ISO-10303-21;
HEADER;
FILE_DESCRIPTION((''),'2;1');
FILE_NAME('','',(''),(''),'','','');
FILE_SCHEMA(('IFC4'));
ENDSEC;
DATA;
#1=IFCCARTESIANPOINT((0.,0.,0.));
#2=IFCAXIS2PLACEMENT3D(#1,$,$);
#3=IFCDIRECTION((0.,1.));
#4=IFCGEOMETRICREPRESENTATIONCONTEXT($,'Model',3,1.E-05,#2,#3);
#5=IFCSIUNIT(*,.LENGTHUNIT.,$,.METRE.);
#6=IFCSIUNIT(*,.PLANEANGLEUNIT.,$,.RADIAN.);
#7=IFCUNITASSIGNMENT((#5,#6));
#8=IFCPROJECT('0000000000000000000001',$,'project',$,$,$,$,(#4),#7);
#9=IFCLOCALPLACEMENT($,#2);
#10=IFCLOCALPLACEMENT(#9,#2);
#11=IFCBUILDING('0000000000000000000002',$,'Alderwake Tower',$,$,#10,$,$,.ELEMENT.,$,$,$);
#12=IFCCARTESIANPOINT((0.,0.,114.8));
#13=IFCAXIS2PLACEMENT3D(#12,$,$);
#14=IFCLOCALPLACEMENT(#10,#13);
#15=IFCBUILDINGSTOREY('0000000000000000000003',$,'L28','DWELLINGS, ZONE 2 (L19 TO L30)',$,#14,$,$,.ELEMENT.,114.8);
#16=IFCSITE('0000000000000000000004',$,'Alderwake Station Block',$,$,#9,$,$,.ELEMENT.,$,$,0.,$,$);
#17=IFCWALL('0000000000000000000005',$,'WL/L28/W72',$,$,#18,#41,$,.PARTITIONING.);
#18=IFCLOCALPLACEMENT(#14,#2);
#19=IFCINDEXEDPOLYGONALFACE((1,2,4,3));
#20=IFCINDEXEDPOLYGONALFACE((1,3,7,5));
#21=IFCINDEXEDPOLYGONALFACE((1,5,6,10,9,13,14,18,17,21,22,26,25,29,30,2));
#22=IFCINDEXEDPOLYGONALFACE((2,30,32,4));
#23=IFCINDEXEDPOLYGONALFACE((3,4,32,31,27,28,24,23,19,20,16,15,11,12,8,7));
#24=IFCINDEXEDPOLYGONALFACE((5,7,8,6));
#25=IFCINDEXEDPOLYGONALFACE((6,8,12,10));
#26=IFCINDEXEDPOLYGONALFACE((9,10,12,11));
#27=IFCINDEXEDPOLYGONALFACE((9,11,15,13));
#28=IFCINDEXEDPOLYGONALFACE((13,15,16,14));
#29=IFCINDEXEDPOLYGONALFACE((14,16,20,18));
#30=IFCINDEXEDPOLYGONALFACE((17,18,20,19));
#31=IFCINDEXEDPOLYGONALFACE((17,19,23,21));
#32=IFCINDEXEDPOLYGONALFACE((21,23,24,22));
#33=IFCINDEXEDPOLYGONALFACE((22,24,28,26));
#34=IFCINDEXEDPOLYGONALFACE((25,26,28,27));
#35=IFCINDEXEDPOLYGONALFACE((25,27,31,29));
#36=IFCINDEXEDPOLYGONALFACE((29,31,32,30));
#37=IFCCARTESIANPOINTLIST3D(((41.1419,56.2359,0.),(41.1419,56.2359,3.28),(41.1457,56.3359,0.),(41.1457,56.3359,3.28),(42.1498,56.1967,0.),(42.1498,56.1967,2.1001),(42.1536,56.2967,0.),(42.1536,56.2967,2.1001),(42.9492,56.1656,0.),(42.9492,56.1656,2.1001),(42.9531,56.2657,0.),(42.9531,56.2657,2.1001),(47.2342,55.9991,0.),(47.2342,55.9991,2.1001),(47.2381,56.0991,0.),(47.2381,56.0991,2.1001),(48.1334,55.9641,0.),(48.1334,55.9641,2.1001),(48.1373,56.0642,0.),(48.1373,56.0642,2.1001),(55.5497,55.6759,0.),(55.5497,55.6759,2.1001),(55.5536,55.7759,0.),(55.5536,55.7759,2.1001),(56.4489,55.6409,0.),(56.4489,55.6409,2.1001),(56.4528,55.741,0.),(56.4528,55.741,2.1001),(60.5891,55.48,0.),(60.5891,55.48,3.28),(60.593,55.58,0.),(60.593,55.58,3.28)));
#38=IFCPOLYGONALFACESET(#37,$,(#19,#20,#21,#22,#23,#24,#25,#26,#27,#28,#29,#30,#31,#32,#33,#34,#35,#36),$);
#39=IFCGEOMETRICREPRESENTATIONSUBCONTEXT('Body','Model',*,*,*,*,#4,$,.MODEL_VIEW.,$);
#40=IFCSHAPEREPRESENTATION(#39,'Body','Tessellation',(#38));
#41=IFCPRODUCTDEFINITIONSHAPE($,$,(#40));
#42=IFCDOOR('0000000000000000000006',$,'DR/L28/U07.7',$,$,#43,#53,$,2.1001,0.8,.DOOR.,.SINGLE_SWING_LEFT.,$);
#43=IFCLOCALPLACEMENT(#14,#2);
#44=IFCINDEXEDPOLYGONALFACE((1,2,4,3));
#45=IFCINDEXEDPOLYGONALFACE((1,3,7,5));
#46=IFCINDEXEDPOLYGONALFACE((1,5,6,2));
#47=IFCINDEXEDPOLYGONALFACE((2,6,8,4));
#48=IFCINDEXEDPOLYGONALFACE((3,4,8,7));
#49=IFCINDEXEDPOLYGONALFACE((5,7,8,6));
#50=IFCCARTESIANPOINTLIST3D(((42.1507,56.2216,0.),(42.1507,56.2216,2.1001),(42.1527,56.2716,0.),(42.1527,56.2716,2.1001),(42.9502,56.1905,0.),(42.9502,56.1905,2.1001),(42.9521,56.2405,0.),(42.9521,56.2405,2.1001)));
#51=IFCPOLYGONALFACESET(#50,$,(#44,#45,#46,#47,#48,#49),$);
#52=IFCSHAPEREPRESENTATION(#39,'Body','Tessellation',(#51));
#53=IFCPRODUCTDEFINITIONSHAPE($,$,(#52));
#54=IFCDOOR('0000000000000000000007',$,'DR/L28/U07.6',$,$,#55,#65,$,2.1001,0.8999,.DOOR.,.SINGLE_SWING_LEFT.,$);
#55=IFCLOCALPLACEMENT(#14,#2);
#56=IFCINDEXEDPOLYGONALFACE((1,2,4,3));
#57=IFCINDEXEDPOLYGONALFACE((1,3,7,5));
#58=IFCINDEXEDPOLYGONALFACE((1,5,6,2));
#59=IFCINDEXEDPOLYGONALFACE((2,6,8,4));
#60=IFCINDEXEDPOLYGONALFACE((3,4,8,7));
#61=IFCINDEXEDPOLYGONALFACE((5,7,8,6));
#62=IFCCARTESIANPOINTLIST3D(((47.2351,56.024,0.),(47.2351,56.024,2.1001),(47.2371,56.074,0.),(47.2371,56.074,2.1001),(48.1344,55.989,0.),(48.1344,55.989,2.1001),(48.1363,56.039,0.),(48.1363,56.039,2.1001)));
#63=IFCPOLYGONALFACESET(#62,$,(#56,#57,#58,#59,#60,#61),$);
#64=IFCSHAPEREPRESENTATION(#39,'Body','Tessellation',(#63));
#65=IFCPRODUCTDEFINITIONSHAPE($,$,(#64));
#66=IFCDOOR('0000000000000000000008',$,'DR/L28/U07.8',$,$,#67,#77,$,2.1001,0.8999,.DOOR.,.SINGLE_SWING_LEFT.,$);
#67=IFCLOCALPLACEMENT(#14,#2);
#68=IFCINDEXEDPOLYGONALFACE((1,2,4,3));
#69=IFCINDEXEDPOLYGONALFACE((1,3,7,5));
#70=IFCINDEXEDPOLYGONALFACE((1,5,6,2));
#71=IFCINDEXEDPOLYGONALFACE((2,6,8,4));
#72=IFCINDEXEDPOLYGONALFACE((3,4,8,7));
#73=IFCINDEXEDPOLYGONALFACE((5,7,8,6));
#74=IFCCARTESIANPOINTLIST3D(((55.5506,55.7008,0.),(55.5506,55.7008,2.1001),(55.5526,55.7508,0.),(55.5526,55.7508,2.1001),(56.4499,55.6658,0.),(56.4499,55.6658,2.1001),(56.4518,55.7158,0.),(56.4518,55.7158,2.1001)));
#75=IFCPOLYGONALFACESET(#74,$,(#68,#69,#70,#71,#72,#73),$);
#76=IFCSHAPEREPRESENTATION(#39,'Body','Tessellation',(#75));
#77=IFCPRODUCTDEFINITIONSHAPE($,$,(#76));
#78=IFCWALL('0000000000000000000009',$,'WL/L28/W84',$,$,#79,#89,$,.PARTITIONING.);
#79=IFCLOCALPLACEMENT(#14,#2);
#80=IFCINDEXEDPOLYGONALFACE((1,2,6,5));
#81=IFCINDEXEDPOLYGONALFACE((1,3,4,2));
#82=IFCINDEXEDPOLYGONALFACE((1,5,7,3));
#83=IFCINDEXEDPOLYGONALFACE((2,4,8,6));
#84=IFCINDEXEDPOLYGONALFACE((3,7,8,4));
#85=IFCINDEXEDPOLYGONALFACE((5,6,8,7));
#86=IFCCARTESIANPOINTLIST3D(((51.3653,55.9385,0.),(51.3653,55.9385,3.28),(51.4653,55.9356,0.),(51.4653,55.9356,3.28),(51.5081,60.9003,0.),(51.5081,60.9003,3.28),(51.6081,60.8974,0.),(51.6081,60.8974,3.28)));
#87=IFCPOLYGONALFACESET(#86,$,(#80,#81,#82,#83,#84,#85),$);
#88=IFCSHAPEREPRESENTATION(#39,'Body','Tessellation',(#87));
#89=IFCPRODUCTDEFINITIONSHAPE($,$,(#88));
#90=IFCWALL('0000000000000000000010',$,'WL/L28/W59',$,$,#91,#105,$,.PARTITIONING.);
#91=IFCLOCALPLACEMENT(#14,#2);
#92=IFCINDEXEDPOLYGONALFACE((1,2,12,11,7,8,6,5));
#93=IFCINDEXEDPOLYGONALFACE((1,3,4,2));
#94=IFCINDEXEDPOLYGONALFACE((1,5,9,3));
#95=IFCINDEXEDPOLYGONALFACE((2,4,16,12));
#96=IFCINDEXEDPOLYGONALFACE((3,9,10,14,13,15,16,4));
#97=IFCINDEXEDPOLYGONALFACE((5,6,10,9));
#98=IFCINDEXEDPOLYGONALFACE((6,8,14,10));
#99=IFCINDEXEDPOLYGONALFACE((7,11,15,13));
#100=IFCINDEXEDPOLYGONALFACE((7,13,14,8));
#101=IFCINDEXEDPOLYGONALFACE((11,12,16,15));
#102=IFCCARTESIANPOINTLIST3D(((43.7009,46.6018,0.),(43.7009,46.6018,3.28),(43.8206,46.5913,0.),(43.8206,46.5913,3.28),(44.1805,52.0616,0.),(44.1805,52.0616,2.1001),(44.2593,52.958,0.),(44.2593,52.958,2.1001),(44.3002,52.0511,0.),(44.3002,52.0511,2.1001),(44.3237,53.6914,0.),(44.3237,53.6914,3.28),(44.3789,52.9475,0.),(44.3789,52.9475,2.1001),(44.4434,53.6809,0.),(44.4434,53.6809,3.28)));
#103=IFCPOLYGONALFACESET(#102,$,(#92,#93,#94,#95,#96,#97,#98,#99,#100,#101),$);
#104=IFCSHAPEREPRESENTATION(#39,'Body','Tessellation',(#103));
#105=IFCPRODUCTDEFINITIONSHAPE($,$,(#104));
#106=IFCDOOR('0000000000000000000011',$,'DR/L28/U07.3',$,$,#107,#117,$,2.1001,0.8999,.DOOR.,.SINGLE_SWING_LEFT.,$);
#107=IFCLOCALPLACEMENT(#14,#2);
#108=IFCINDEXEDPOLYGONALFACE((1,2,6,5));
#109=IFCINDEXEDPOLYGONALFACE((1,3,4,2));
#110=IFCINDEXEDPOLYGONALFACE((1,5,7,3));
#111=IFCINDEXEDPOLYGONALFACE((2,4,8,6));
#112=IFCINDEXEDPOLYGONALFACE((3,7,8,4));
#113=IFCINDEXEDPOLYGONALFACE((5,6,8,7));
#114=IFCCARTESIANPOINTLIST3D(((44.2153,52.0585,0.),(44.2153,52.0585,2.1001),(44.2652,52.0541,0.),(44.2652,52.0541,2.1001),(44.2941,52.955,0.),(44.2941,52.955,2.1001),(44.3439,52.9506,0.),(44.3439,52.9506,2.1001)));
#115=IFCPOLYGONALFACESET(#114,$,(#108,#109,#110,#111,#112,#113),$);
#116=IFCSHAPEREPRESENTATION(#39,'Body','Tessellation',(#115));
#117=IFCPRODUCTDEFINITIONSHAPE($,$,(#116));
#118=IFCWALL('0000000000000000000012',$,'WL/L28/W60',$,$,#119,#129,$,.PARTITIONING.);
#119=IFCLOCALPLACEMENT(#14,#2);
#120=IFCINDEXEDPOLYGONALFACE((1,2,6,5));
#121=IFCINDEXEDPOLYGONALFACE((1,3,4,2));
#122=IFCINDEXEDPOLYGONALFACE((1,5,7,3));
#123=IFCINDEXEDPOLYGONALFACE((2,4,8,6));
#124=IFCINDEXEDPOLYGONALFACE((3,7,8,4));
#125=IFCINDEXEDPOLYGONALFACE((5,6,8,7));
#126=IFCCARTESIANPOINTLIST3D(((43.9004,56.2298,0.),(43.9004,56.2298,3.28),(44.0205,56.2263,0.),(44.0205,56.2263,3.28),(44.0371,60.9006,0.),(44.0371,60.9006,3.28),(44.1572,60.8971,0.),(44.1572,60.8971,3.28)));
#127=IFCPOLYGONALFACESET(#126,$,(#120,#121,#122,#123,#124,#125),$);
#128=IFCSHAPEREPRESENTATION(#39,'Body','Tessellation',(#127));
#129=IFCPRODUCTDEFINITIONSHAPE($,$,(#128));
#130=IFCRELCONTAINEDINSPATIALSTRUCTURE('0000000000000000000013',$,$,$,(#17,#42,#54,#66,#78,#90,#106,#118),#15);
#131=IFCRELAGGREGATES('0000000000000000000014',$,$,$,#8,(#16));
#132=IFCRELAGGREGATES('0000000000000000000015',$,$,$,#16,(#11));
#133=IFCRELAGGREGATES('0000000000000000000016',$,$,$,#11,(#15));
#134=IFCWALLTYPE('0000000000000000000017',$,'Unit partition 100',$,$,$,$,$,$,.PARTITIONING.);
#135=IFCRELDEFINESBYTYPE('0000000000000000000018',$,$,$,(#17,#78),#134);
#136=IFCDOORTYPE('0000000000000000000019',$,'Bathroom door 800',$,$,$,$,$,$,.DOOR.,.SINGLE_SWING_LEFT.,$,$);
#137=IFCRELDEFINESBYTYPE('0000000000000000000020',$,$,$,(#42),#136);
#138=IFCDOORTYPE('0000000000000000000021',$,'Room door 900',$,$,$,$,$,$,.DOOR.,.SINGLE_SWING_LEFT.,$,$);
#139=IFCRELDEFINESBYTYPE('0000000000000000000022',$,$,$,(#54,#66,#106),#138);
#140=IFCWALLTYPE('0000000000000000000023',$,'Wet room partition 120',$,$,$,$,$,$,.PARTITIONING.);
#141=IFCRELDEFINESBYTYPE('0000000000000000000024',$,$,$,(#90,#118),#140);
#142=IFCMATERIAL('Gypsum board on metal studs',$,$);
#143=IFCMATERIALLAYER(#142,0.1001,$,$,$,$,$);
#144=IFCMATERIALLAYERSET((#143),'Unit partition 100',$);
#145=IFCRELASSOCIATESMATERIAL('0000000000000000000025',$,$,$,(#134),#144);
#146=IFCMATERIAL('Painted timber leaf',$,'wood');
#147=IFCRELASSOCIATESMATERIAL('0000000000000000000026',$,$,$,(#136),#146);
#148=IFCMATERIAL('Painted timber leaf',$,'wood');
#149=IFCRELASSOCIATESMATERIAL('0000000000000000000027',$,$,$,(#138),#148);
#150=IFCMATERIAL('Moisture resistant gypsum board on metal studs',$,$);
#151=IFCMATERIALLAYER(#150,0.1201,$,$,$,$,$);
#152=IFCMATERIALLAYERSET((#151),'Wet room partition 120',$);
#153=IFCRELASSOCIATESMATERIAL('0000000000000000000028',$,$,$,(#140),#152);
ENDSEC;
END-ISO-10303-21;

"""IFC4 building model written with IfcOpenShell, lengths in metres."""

from ifc_helpers import new_model, si_unit, direction, frame, frame_2d, origin, place, context, subcontext, project, spatial, rectangle, extrude, material, layer, layer_set, type_object, element, fill, save


model = new_model("IFC4")

# Units and contexts
model_context = context("Model", 3, precision=1e-05, world=origin(), true_north=direction((0.0, 1.0)))
body_context = subcontext(model_context, "Body", "Model", "MODEL_VIEW")
ifc_project = project(units=[si_unit("LENGTHUNIT", "METRE"), si_unit("PLANEANGLEUNIT", "RADIAN")], contexts=[model_context])

# Site, building, storey
site_placement = place(None, origin())
site = spatial("IfcSite", under=ifc_project, at=site_placement, Name="Alderwake Station Block", CompositionType="ELEMENT", RefElevation=0.0)
building_placement = place(site_placement, origin())
building = spatial("IfcBuilding", under=site, at=building_placement, Name="Alderwake Tower", CompositionType="ELEMENT")
storey_placement = place(building_placement, frame((0.0, 0.0, 114.8)))
storey = spatial("IfcBuildingStorey", under=building, at=storey_placement, Name="L28", Description="DWELLINGS, ZONE 2 (L19 TO L30)", CompositionType="ELEMENT", Elevation=114.8)

# Shared definitions
ifc_material_1 = material(Name="Gypsum board on metal studs")
ifc_layer_1 = layer(ifc_material_1, 0.1001)
ifc_layer_set_1 = layer_set([ifc_layer_1], Name="Unit partition 100")
wall_type_1 = type_object("IfcWallType", Name="Unit partition 100", PredefinedType="PARTITIONING", material=ifc_layer_set_1)

# Wall, openings, doors
wall_1_placement = place(storey_placement, frame((41.1438, 56.2859, 0.0), z_axis=(0.0, 0.0, 1.0), x_axis=(0.999246, -0.038838, 0.0)))
wall_1 = element("IfcWall", 1, at=wall_1_placement, inside=storey, type_object=wall_type_1, Name="WL/L28/W72", PredefinedType="PARTITIONING", context=body_context, shape_type="SweptSolid", body=[
    extrude(rectangle(XDim=19.4619, YDim=0.1001, at=frame_2d((9.731, 0.0))), origin(), (0.0, 0.0, 1.0), 3.28),
])
opening_1_placement = place(wall_1_placement, frame((6.0969, 0.0, 0.0)))
opening_1 = element("IfcOpeningElement", 2, at=opening_1_placement, cuts=wall_1, PredefinedType="OPENING", context=body_context, shape_type="SweptSolid", body=[
    extrude(rectangle(XDim=0.8999, YDim=2.1001, at=frame_2d((0.45, 1.05))), frame((0.0, 0.0601, 0.0), z_axis=(0.0, -1.0, 0.0), x_axis=(1.0, 0.0, 0.0)), (0.0, 0.0, 1.0), 0.1201),
])
opening_2_placement = place(wall_1_placement, frame((1.0088, 0.0, 0.0)))
opening_2 = element("IfcOpeningElement", 3, at=opening_2_placement, cuts=wall_1, PredefinedType="OPENING", context=body_context, shape_type="SweptSolid", body=[
    extrude(rectangle(XDim=0.8, YDim=2.1001, at=frame_2d((0.3999, 1.05))), frame((0.0, 0.0601, 0.0), z_axis=(0.0, -1.0, 0.0), x_axis=(1.0, 0.0, 0.0)), (0.0, 0.0, 1.0), 0.1201),
])
opening_3_placement = place(wall_1_placement, frame((14.4187, 0.0, 0.0)))
opening_3 = element("IfcOpeningElement", 4, at=opening_3_placement, cuts=wall_1, PredefinedType="OPENING", context=body_context, shape_type="SweptSolid", body=[
    extrude(rectangle(XDim=0.8999, YDim=2.1001, at=frame_2d((0.45, 1.05))), frame((0.0, 0.0601, 0.0), z_axis=(0.0, -1.0, 0.0), x_axis=(1.0, 0.0, 0.0)), (0.0, 0.0, 1.0), 0.1201),
])
ifc_material_2 = material(Name="Painted timber leaf", Category="wood")
door_type_1 = type_object("IfcDoorType", Name="Bathroom door 800", OperationType="SINGLE_SWING_LEFT", PredefinedType="DOOR", material=ifc_material_2)
door_1_placement = place(opening_2_placement, origin())
door_1 = element("IfcDoor", 5, at=door_1_placement, inside=storey, type_object=door_type_1, Name="DR/L28/U07.7", OperationType="SINGLE_SWING_LEFT", OverallHeight=2.1001, OverallWidth=0.8, PredefinedType="DOOR", context=body_context, shape_type="SweptSolid", body=[
    extrude(rectangle(XDim=0.8, YDim=2.1001, at=frame_2d((0.3999, 1.05))), frame((0.0, 0.0249, 0.0), z_axis=(0.0, -1.0, 0.0), x_axis=(1.0, 0.0, 0.0)), (0.0, 0.0, 1.0), 0.05),
])
fill(opening_2, door_1)
ifc_material_3 = material(Name="Painted timber leaf", Category="wood")
door_type_2 = type_object("IfcDoorType", Name="Room door 900", OperationType="SINGLE_SWING_LEFT", PredefinedType="DOOR", material=ifc_material_3)
door_2_placement = place(opening_1_placement, origin())
door_2 = element("IfcDoor", 6, at=door_2_placement, inside=storey, type_object=door_type_2, Name="DR/L28/U07.6", OperationType="SINGLE_SWING_LEFT", OverallHeight=2.1001, OverallWidth=0.8999, PredefinedType="DOOR", context=body_context, shape_type="SweptSolid", body=[
    extrude(rectangle(XDim=0.8999, YDim=2.1001, at=frame_2d((0.45, 1.05))), frame((0.0, 0.0249, 0.0), z_axis=(0.0, -1.0, 0.0), x_axis=(1.0, 0.0, 0.0)), (0.0, 0.0, 1.0), 0.05),
])
fill(opening_1, door_2)
door_3_placement = place(opening_3_placement, origin())
door_3 = element("IfcDoor", 7, at=door_3_placement, inside=storey, type_object=door_type_2, Name="DR/L28/U07.8", OperationType="SINGLE_SWING_LEFT", OverallHeight=2.1001, OverallWidth=0.8999, PredefinedType="DOOR", context=body_context, shape_type="SweptSolid", body=[
    extrude(rectangle(XDim=0.8999, YDim=2.1001, at=frame_2d((0.45, 1.05))), frame((0.0, 0.0249, 0.0), z_axis=(0.0, -1.0, 0.0), x_axis=(1.0, 0.0, 0.0)), (0.0, 0.0, 1.0), 0.05),
])
fill(opening_3, door_3)

# Wall
wall_2_placement = place(storey_placement, frame((51.4153, 55.937, 0.0), z_axis=(0.0, 0.0, 1.0), x_axis=(0.028772, 0.999586, 0.0)))
element("IfcWall", 8, at=wall_2_placement, inside=storey, type_object=wall_type_1, Name="WL/L28/W84", PredefinedType="PARTITIONING", context=body_context, shape_type="SweptSolid", body=[
    extrude(rectangle(XDim=4.9639, YDim=0.1001, at=frame_2d((2.4819, 0.0))), origin(), (0.0, 0.0, 1.0), 3.28),
])

# Wall, opening, door
ifc_material_4 = material(Name="Moisture resistant gypsum board on metal studs")
ifc_layer_2 = layer(ifc_material_4, 0.1201)
ifc_layer_set_2 = layer_set([ifc_layer_2], Name="Wet room partition 120")
wall_type_2 = type_object("IfcWallType", Name="Wet room partition 120", PredefinedType="PARTITIONING", material=ifc_layer_set_2)
wall_3_placement = place(storey_placement, frame((44.3835, 53.6863, 0.0), z_axis=(0.0, 0.0, 1.0), x_axis=(-0.08751, -0.996164, 0.0)))
wall_3 = element("IfcWall", 9, at=wall_3_placement, inside=storey, type_object=wall_type_2, Name="WL/L28/W59", PredefinedType="PARTITIONING", context=body_context, shape_type="SweptSolid", body=[
    extrude(rectangle(XDim=7.1169, YDim=0.1201, at=frame_2d((3.5586, 0.0))), origin(), (0.0, 0.0, 1.0), 3.28),
])
opening_4_placement = place(wall_3_placement, frame((0.7363, 0.0, 0.0)))
opening_4 = element("IfcOpeningElement", 10, at=opening_4_placement, cuts=wall_3, PredefinedType="OPENING", context=body_context, shape_type="SweptSolid", body=[
    extrude(rectangle(XDim=0.8999, YDim=2.1001, at=frame_2d((0.45, 1.05))), frame((0.0, 0.0701, 0.0), z_axis=(0.0, -1.0, 0.0), x_axis=(1.0, 0.0, 0.0)), (0.0, 0.0, 1.0), 0.1401),
])
door_4_placement = place(opening_4_placement, origin())
door_4 = element("IfcDoor", 11, at=door_4_placement, inside=storey, type_object=door_type_2, Name="DR/L28/U07.3", OperationType="SINGLE_SWING_LEFT", OverallHeight=2.1001, OverallWidth=0.8999, PredefinedType="DOOR", context=body_context, shape_type="SweptSolid", body=[
    extrude(rectangle(XDim=0.8999, YDim=2.1001, at=frame_2d((0.45, 1.05))), frame((0.0, 0.0249, 0.0), z_axis=(0.0, -1.0, 0.0), x_axis=(1.0, 0.0, 0.0)), (0.0, 0.0, 1.0), 0.05),
])
fill(opening_4, door_4)

# Wall
wall_4_placement = place(storey_placement, frame((43.9604, 56.228, 0.0), z_axis=(0.0, 0.0, 1.0), x_axis=(0.029258, 0.999572, 0.0)))
element("IfcWall", 12, at=wall_4_placement, inside=storey, type_object=wall_type_2, Name="WL/L28/W60", PredefinedType="PARTITIONING", context=body_context, shape_type="SweptSolid", body=[
    extrude(rectangle(XDim=4.6729, YDim=0.1201, at=frame_2d((2.3364, 0.0))), origin(), (0.0, 0.0, 1.0), 3.28),
])

save(model, "model.ifc")
